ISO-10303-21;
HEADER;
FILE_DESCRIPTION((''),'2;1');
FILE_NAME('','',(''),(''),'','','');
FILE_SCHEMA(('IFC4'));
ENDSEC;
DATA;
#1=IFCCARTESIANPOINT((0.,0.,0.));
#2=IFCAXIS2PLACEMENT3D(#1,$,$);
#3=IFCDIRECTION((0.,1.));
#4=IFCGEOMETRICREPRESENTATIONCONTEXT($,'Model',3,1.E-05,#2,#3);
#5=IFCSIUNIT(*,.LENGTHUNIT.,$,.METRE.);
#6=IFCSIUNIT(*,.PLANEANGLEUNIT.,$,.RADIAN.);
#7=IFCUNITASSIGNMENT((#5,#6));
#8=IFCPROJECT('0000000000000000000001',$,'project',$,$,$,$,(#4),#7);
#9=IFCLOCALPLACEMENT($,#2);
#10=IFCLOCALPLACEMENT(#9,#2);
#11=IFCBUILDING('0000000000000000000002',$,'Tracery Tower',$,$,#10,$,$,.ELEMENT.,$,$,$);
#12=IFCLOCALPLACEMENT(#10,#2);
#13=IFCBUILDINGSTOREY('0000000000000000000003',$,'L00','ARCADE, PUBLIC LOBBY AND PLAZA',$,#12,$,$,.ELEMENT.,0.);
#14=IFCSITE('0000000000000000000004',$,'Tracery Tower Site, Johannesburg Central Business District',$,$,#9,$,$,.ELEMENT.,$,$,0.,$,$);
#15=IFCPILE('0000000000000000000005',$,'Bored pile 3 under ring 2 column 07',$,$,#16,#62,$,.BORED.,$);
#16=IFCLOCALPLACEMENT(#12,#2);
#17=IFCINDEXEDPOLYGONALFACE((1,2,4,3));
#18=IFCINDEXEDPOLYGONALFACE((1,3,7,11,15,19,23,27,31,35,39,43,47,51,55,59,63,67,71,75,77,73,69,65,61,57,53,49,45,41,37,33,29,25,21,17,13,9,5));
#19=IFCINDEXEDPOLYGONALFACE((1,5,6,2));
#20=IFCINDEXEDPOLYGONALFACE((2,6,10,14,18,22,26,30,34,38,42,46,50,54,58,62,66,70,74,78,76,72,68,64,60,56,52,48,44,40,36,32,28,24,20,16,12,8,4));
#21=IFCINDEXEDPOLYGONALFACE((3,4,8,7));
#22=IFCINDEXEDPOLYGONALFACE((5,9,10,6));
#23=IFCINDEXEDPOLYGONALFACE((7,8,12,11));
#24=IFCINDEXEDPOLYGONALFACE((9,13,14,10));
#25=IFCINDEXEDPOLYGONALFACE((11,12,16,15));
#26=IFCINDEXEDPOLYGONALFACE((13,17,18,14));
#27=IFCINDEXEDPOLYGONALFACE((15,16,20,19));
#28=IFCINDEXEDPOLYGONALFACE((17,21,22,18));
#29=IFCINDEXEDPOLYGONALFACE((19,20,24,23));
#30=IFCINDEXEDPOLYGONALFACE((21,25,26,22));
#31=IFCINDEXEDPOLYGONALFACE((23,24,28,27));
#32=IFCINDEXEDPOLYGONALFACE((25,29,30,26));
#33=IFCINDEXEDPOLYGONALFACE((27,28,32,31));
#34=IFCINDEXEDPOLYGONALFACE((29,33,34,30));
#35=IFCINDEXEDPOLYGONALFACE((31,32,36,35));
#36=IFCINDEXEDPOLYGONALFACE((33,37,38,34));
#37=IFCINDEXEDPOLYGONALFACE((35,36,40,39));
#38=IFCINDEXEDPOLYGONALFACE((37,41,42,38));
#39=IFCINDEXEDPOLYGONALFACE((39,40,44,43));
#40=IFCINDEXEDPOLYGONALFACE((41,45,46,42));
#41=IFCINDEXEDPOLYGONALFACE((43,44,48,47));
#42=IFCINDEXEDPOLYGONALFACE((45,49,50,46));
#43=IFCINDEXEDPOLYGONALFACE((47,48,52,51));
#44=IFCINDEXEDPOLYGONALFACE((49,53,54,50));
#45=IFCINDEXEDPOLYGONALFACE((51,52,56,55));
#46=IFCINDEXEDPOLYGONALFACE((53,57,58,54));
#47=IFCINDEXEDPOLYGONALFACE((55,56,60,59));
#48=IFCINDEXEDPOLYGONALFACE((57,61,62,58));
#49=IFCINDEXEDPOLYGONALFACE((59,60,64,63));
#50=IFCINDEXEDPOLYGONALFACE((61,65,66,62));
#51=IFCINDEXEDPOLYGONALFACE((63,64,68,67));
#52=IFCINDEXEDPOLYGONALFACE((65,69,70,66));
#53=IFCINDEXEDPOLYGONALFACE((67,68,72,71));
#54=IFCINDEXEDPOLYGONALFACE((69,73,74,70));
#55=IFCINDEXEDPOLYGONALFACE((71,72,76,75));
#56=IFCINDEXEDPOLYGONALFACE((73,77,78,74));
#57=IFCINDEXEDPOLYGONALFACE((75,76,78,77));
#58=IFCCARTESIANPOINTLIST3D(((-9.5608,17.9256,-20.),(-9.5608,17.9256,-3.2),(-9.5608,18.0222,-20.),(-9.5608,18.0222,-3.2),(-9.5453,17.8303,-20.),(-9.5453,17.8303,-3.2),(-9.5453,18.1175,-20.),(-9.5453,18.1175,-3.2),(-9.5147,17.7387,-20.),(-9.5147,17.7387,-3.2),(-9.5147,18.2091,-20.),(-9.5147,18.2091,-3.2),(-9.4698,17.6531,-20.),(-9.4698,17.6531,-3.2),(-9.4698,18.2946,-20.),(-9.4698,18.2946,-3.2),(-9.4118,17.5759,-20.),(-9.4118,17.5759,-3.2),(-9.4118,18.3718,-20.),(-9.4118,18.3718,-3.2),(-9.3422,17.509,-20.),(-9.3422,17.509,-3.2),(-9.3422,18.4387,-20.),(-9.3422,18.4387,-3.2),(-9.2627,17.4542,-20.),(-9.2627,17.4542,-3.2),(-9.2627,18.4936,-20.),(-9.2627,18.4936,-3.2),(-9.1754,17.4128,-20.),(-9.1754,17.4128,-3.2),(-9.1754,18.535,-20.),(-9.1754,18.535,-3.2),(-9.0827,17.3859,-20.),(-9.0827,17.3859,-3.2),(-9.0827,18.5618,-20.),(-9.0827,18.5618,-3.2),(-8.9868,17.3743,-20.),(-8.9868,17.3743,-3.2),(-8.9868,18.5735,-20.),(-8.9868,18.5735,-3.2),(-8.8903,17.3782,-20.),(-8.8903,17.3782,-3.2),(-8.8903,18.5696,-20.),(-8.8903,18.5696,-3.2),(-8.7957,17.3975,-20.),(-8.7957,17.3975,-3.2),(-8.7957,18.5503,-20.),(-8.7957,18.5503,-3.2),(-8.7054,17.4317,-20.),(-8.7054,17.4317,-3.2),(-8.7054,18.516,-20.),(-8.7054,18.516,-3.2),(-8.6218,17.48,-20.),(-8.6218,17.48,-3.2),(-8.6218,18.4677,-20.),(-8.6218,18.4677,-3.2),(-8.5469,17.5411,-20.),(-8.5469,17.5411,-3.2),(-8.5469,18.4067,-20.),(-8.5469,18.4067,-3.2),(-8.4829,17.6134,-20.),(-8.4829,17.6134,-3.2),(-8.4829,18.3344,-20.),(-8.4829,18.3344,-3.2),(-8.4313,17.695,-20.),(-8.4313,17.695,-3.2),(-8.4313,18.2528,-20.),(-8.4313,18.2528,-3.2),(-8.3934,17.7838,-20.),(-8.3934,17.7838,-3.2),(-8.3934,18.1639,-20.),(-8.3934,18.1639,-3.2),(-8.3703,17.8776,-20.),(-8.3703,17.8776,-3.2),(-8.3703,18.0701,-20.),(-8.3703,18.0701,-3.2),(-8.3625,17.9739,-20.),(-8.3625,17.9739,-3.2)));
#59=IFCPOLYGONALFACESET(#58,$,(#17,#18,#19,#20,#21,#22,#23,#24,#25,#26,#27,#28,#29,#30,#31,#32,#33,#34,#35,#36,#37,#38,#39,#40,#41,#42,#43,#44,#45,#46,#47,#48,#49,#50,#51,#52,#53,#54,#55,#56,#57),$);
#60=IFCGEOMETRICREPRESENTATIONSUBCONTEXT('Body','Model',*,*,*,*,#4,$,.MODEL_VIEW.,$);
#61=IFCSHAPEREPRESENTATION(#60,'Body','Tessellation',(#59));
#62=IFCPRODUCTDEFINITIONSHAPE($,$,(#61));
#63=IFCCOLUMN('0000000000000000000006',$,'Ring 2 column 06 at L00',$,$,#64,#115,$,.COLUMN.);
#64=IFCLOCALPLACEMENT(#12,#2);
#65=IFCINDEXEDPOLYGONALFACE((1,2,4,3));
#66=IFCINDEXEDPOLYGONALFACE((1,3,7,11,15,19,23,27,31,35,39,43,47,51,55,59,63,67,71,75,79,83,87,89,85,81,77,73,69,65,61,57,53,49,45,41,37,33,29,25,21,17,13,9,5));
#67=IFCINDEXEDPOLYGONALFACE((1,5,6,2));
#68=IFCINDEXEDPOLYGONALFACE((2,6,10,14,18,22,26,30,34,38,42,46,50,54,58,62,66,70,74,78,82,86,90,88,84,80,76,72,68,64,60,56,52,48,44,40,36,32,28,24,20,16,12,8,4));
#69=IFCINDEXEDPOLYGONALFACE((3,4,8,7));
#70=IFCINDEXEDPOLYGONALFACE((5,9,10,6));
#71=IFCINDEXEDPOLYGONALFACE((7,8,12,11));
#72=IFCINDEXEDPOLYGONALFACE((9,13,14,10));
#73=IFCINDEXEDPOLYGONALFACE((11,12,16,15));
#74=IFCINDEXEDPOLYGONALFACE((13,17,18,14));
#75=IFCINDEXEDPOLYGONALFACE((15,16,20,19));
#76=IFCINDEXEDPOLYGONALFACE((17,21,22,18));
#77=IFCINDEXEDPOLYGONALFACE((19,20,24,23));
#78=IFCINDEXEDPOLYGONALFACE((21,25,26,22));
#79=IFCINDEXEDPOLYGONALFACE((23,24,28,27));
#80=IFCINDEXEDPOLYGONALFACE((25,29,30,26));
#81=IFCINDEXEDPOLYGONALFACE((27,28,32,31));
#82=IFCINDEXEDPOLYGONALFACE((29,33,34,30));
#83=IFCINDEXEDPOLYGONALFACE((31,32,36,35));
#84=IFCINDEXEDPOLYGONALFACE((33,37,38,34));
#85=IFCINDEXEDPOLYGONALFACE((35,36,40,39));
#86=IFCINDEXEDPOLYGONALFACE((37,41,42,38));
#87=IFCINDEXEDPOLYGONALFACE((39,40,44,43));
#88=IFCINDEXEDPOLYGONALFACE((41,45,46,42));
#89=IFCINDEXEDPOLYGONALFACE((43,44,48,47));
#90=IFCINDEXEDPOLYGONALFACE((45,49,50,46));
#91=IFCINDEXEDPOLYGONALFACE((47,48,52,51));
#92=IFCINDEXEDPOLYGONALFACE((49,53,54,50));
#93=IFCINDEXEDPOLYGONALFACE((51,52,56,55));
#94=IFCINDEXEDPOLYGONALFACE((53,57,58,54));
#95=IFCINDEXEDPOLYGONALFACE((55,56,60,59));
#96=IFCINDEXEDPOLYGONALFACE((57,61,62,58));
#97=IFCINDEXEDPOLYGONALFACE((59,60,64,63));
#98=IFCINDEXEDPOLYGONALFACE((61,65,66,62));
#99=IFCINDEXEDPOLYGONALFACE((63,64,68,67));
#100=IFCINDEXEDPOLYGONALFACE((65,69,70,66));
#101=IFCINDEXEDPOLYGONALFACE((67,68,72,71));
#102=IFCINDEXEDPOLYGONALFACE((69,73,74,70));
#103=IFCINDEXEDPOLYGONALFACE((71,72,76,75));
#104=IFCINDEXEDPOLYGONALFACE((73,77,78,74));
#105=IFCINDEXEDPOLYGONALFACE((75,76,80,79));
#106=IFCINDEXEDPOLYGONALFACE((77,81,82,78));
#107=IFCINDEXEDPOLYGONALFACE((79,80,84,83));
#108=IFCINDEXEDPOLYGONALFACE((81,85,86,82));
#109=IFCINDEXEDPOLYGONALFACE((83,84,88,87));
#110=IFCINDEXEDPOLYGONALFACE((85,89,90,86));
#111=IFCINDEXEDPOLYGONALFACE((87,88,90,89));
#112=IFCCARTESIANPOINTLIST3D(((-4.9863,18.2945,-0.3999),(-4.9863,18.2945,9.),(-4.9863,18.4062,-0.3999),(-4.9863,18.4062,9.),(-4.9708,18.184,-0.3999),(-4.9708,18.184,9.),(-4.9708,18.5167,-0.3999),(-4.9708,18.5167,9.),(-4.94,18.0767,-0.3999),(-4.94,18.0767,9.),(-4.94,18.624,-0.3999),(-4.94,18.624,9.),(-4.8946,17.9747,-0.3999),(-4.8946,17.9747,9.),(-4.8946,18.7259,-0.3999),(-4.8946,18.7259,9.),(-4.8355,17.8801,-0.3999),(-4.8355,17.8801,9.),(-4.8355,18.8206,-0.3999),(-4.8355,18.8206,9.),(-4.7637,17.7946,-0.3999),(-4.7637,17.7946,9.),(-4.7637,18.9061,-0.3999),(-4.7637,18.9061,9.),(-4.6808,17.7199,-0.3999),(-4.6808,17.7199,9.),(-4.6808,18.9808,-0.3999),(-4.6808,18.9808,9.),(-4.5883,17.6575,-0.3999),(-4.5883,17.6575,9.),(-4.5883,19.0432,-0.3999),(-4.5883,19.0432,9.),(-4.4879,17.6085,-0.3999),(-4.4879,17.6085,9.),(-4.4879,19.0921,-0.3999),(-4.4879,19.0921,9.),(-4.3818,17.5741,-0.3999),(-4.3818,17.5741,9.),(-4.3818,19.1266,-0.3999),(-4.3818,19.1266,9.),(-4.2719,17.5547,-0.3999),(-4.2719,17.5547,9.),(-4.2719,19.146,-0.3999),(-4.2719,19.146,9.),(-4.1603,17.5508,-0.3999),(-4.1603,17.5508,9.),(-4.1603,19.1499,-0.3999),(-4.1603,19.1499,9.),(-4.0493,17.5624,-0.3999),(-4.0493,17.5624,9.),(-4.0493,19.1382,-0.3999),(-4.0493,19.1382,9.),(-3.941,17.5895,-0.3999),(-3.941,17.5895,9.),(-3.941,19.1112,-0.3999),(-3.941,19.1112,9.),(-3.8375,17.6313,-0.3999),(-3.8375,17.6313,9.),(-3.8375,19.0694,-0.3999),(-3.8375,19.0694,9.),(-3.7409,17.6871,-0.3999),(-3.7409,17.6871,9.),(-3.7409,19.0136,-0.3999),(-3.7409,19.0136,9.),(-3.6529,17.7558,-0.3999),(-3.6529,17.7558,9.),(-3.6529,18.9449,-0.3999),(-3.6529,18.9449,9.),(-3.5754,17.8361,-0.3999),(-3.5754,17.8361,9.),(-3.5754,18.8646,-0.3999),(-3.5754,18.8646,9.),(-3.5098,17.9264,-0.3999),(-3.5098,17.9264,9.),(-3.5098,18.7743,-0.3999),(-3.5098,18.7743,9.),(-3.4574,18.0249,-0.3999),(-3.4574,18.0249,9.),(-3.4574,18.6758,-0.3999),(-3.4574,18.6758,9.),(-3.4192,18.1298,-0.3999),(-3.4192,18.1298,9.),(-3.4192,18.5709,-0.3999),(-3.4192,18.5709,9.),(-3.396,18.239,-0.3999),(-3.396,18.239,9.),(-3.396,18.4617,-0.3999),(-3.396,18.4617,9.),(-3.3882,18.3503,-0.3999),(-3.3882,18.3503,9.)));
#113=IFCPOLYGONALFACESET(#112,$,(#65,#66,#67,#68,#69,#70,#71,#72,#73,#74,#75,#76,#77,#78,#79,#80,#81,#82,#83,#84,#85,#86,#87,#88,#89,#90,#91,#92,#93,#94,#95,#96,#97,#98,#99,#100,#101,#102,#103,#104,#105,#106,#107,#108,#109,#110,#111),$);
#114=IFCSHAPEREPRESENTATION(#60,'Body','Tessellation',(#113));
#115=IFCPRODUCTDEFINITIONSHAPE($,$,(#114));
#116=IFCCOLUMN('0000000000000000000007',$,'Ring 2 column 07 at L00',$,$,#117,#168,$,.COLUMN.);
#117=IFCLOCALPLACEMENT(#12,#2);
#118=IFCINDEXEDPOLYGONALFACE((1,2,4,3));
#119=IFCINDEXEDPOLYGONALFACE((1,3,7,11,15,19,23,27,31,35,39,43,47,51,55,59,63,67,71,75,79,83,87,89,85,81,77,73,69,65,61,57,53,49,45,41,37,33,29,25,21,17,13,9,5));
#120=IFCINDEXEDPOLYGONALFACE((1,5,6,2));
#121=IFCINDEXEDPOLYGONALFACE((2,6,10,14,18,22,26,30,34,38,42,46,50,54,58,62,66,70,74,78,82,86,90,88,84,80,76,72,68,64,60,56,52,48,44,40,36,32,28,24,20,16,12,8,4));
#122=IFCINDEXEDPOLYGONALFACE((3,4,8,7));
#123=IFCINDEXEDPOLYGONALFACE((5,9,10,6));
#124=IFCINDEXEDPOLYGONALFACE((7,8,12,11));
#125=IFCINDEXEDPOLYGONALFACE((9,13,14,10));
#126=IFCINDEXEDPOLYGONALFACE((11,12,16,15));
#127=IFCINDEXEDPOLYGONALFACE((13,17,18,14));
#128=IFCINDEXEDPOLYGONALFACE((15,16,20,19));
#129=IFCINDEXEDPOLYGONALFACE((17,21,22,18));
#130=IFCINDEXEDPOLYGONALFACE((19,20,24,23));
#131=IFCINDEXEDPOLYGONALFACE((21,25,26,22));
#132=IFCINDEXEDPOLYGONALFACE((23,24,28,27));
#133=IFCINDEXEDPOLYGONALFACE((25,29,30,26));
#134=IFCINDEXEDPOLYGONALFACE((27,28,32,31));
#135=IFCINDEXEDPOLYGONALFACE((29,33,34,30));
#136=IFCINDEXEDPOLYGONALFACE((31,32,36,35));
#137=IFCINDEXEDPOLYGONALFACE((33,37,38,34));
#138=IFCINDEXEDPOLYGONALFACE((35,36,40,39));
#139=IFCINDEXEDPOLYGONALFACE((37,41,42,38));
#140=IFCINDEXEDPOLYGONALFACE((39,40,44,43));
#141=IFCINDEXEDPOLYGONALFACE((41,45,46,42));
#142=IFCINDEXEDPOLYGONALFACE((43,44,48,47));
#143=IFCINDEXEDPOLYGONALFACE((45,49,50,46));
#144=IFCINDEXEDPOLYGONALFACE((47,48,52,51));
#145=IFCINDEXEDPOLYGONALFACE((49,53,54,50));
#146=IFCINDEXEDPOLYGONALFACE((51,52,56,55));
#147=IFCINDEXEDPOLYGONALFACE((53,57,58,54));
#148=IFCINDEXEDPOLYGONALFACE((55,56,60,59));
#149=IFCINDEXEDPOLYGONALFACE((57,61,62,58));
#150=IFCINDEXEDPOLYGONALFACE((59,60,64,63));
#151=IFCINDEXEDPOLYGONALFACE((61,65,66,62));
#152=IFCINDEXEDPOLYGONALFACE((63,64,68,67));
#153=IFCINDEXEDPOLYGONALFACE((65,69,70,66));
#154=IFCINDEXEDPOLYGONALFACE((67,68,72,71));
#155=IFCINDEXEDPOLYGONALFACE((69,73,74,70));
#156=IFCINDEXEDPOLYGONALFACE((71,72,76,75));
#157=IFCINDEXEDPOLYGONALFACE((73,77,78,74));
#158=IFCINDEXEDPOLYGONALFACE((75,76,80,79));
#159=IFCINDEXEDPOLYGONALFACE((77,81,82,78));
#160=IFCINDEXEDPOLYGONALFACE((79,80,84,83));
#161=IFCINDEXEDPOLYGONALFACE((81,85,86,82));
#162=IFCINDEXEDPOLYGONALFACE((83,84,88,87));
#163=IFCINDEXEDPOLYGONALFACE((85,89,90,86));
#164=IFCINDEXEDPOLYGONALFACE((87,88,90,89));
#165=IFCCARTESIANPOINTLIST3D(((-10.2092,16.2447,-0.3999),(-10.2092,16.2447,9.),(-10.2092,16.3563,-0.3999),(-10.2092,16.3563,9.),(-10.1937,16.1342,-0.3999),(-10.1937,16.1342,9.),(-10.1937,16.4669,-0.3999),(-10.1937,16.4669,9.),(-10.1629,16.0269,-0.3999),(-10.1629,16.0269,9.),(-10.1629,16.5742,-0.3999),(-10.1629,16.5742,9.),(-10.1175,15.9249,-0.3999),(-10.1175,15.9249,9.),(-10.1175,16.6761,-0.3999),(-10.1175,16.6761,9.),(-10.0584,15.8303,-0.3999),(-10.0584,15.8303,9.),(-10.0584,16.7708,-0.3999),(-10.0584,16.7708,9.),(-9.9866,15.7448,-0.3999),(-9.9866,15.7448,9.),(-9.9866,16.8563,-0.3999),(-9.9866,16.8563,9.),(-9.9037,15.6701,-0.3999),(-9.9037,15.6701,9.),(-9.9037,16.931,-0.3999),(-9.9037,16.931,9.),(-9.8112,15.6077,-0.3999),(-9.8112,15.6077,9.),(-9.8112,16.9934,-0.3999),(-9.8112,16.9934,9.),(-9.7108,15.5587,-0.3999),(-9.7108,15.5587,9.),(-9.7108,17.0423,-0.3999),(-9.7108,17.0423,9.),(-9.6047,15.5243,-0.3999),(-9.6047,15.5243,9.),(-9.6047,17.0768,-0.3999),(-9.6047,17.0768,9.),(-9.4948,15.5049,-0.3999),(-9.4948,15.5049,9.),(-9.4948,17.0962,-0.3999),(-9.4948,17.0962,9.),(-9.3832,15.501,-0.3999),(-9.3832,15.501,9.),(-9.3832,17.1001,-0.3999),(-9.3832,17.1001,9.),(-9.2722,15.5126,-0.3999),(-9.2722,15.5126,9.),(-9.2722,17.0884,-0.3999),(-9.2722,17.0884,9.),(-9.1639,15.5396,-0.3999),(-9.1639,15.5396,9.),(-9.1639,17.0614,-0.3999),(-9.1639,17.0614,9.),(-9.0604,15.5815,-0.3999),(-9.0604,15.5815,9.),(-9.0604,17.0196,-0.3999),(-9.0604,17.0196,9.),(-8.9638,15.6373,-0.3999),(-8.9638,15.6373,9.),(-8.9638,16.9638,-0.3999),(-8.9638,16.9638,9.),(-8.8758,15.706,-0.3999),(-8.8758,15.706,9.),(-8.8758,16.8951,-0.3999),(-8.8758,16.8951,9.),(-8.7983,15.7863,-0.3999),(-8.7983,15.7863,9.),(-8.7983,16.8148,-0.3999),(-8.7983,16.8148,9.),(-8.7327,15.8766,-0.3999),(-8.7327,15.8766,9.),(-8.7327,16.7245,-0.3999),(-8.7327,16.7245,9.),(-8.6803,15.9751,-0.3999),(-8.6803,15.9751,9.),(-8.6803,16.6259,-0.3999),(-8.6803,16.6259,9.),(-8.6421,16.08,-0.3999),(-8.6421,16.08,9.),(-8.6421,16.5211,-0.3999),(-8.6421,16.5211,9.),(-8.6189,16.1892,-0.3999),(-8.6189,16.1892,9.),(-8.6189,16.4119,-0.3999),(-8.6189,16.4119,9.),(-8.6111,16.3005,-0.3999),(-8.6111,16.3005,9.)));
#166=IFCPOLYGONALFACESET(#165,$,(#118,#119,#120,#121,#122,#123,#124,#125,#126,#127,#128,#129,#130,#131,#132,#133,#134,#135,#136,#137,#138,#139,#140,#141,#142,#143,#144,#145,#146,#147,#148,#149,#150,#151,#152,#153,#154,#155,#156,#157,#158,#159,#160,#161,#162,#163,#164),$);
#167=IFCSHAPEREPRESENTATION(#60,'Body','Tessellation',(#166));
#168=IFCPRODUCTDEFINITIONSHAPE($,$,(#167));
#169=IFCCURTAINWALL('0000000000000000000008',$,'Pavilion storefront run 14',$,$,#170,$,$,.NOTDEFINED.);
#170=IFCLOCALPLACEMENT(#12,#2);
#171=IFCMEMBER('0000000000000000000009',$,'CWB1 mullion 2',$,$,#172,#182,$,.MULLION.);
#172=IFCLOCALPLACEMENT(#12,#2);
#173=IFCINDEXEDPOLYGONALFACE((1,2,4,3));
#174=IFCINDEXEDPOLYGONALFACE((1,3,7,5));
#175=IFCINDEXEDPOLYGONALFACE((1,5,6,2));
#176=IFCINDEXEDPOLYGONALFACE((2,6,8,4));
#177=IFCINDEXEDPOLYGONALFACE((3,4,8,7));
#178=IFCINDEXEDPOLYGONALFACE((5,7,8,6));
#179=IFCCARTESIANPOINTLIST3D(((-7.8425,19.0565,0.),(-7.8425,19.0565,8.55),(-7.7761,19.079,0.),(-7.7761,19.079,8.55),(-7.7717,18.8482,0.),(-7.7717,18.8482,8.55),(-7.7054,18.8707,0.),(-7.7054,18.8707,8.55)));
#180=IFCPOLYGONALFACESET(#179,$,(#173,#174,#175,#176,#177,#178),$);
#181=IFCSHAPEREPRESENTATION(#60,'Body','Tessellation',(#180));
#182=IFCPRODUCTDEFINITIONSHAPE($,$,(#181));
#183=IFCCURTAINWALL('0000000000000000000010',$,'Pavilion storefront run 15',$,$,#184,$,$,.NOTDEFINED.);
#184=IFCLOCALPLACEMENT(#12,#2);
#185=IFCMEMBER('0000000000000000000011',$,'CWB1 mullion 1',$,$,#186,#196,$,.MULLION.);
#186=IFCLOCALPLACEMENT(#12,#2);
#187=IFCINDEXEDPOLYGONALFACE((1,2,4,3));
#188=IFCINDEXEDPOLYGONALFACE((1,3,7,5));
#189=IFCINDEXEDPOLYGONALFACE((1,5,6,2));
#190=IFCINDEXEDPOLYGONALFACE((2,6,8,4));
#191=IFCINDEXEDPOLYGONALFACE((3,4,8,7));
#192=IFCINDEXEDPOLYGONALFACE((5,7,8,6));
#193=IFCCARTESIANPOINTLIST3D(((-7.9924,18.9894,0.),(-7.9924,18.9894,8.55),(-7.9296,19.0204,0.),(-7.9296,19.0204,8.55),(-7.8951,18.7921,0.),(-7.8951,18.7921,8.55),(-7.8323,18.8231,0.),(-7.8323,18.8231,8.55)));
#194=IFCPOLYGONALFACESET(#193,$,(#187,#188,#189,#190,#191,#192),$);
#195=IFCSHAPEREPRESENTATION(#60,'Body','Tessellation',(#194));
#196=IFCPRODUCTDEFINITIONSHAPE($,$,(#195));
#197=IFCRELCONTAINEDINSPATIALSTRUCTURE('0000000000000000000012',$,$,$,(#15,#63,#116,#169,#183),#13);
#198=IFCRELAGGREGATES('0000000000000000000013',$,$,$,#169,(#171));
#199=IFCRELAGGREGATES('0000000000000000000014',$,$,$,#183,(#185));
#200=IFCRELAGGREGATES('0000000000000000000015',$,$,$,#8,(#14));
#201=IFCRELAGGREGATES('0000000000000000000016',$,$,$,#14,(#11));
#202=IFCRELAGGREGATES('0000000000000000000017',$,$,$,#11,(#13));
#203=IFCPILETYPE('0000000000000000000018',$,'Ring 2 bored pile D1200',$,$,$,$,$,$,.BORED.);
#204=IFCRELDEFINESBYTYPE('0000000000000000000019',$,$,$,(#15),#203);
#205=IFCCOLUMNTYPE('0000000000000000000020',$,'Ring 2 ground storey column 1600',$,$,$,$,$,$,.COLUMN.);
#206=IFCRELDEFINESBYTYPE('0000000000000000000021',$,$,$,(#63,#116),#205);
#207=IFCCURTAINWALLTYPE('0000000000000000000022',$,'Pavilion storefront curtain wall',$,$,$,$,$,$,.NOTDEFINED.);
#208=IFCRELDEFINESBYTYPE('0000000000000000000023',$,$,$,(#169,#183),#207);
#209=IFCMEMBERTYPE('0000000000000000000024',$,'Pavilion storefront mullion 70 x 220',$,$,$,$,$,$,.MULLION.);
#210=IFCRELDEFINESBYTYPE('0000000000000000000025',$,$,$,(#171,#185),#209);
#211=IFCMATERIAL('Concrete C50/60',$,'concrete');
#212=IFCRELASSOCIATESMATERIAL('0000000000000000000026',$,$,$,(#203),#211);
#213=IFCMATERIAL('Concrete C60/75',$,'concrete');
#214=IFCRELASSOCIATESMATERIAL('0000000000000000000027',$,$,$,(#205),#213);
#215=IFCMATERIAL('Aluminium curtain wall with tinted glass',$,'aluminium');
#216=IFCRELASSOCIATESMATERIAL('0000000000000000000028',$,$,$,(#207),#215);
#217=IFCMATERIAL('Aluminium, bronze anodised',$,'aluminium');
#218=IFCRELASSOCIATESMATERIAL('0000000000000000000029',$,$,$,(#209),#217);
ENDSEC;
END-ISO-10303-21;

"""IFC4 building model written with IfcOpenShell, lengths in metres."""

from ifc_helpers import new_model, si_unit, direction, frame, origin, origin_2d, place, context, subcontext, project, spatial, rectangle, circle, extrude, material, material_profile, profile_set, type_object, element, aggregate, save


model = new_model("IFC4")

# Units and contexts
model_context = context("Model", 3, precision=1e-05, world=origin(), true_north=direction((0.0, 1.0)))
body_context = subcontext(model_context, "Body", "Model", "MODEL_VIEW")
ifc_project = project(units=[si_unit("LENGTHUNIT", "METRE"), si_unit("PLANEANGLEUNIT", "RADIAN")], contexts=[model_context])

# Site, building, storey
site_placement = place(None, origin())
site = spatial("IfcSite", under=ifc_project, at=site_placement, Name="Tracery Tower Site, Johannesburg Central Business District", CompositionType="ELEMENT", RefElevation=0.0)
building_placement = place(site_placement, origin())
building = spatial("IfcBuilding", under=site, at=building_placement, Name="Tracery Tower", CompositionType="ELEMENT")
storey_placement = place(building_placement, origin())
storey = spatial("IfcBuildingStorey", under=building, at=storey_placement, Name="L00", Description="ARCADE, PUBLIC LOBBY AND PLAZA", CompositionType="ELEMENT", Elevation=0.0)

# Pile
ifc_material_1 = material(Name="Concrete C50/60", Category="concrete")
ifc_material_profile_1 = material_profile(ifc_material_1, circle(Radius=0.6001, at=origin_2d()), Name="RC D1200")
ifc_profile_set_1 = profile_set([ifc_material_profile_1], Name="Concrete C50/60")
pile_type_1 = type_object("IfcPileType", Name="Ring 2 bored pile D1200", PredefinedType="BORED", material=ifc_profile_set_1)
for number, where, z_axis, x_axis, name in (
    (1, (-8.9626, 17.9739, -3.2), (0.0, 0.0, -1.0), (1.0, 0.0, 0.0), "Bored pile 3 under ring 2 column 07"),
):
    element("IfcPile", number, at=place(storey_placement, frame(where, z_axis=z_axis, x_axis=x_axis)), inside=storey, type_object=pile_type_1, Name=name, PredefinedType="BORED", context=body_context, shape_type="SweptSolid", body=[
        extrude(circle(Radius=0.6001, at=origin_2d()), origin(), (0.0, 0.0, 1.0), 16.8),
    ])

# Columns
ifc_material_2 = material(Name="Concrete C60/75", Category="concrete")
ifc_material_profile_2 = material_profile(ifc_material_2, circle(Radius=0.8, at=origin_2d()), Name="RC D1600")
ifc_profile_set_2 = profile_set([ifc_material_profile_2], Name="Concrete C60/75")
column_type = type_object("IfcColumnType", Name="Ring 2 ground storey column 1600", PredefinedType="COLUMN", material=ifc_profile_set_2)
for number, where, z_axis, x_axis, name in (
    (2, (-4.1882, 18.3503, -0.3999), (0.0, 0.0, 1.0), (1.0, 0.0, 0.0), "Ring 2 column 06 at L00"),
    (3, (-9.4111, 16.3005, -0.3999), (0.0, 0.0, 1.0), (1.0, 0.0, 0.0), "Ring 2 column 07 at L00"),
):
    element("IfcColumn", number, at=place(storey_placement, frame(where, z_axis=z_axis, x_axis=x_axis)), inside=storey, type_object=column_type, Name=name, PredefinedType="COLUMN", context=body_context, shape_type="SweptSolid", body=[
        extrude(circle(Radius=0.8, at=origin_2d()), origin(), (0.0, 0.0, 1.0), 9.3999),
    ])

# Curtain wall, member
ifc_material_3 = material(Name="Aluminium curtain wall with tinted glass", Category="aluminium")
curtain_wall_type = type_object("IfcCurtainWallType", Name="Pavilion storefront curtain wall", PredefinedType="NOTDEFINED", material=ifc_material_3)
curtain_wall_1_placement = place(storey_placement, origin())
curtain_wall_1 = element("IfcCurtainWall", 4, at=curtain_wall_1_placement, inside=storey, type_object=curtain_wall_type, Name="Pavilion storefront run 14", PredefinedType="NOTDEFINED")
ifc_material_4 = material(Name="Aluminium, bronze anodised", Category="aluminium")
ifc_material_profile_3 = material_profile(ifc_material_4, rectangle(XDim=0.22, YDim=0.0701, at=origin_2d()), Name="Pavilion storefront mullion 70 x 220")
ifc_profile_set_3 = profile_set([ifc_material_profile_3], Name="Aluminium, bronze anodised")
member_type_1 = type_object("IfcMemberType", Name="Pavilion storefront mullion 70 x 220", PredefinedType="MULLION", material=ifc_profile_set_3)
member_1_placement = place(storey_placement, frame((-7.7739, 18.9636, 0.0), z_axis=(0.0, 0.0, 1.0), x_axis=(0.321435, -0.946931, 0.0)))
member_1 = element("IfcMember", 5, at=member_1_placement, type_object=member_type_1, Name="CWB1 mullion 2", PredefinedType="MULLION", context=body_context, shape_type="SweptSolid", body=[
    extrude(rectangle(XDim=0.22, YDim=0.0701, at=origin_2d()), origin(), (0.0, 0.0, 1.0), 8.55),
])

# Curtain wall, member
curtain_wall_2_placement = place(storey_placement, origin())
curtain_wall_2 = element("IfcCurtainWall", 6, at=curtain_wall_2_placement, inside=storey, type_object=curtain_wall_type, Name="Pavilion storefront run 15", PredefinedType="NOTDEFINED")
member_2_placement = place(storey_placement, frame((-7.9124, 18.9062, 0.0), z_axis=(0.0, 0.0, 1.0), x_axis=(0.442287, -0.896874, 0.0)))
member_2 = element("IfcMember", 7, at=member_2_placement, type_object=member_type_1, Name="CWB1 mullion 1", PredefinedType="MULLION", context=body_context, shape_type="SweptSolid", body=[
    extrude(rectangle(XDim=0.22, YDim=0.0701, at=origin_2d()), origin(), (0.0, 0.0, 1.0), 8.55),
])

aggregate(curtain_wall_1, [member_1])
aggregate(curtain_wall_2, [member_2])

save(model, "model.ifc")
